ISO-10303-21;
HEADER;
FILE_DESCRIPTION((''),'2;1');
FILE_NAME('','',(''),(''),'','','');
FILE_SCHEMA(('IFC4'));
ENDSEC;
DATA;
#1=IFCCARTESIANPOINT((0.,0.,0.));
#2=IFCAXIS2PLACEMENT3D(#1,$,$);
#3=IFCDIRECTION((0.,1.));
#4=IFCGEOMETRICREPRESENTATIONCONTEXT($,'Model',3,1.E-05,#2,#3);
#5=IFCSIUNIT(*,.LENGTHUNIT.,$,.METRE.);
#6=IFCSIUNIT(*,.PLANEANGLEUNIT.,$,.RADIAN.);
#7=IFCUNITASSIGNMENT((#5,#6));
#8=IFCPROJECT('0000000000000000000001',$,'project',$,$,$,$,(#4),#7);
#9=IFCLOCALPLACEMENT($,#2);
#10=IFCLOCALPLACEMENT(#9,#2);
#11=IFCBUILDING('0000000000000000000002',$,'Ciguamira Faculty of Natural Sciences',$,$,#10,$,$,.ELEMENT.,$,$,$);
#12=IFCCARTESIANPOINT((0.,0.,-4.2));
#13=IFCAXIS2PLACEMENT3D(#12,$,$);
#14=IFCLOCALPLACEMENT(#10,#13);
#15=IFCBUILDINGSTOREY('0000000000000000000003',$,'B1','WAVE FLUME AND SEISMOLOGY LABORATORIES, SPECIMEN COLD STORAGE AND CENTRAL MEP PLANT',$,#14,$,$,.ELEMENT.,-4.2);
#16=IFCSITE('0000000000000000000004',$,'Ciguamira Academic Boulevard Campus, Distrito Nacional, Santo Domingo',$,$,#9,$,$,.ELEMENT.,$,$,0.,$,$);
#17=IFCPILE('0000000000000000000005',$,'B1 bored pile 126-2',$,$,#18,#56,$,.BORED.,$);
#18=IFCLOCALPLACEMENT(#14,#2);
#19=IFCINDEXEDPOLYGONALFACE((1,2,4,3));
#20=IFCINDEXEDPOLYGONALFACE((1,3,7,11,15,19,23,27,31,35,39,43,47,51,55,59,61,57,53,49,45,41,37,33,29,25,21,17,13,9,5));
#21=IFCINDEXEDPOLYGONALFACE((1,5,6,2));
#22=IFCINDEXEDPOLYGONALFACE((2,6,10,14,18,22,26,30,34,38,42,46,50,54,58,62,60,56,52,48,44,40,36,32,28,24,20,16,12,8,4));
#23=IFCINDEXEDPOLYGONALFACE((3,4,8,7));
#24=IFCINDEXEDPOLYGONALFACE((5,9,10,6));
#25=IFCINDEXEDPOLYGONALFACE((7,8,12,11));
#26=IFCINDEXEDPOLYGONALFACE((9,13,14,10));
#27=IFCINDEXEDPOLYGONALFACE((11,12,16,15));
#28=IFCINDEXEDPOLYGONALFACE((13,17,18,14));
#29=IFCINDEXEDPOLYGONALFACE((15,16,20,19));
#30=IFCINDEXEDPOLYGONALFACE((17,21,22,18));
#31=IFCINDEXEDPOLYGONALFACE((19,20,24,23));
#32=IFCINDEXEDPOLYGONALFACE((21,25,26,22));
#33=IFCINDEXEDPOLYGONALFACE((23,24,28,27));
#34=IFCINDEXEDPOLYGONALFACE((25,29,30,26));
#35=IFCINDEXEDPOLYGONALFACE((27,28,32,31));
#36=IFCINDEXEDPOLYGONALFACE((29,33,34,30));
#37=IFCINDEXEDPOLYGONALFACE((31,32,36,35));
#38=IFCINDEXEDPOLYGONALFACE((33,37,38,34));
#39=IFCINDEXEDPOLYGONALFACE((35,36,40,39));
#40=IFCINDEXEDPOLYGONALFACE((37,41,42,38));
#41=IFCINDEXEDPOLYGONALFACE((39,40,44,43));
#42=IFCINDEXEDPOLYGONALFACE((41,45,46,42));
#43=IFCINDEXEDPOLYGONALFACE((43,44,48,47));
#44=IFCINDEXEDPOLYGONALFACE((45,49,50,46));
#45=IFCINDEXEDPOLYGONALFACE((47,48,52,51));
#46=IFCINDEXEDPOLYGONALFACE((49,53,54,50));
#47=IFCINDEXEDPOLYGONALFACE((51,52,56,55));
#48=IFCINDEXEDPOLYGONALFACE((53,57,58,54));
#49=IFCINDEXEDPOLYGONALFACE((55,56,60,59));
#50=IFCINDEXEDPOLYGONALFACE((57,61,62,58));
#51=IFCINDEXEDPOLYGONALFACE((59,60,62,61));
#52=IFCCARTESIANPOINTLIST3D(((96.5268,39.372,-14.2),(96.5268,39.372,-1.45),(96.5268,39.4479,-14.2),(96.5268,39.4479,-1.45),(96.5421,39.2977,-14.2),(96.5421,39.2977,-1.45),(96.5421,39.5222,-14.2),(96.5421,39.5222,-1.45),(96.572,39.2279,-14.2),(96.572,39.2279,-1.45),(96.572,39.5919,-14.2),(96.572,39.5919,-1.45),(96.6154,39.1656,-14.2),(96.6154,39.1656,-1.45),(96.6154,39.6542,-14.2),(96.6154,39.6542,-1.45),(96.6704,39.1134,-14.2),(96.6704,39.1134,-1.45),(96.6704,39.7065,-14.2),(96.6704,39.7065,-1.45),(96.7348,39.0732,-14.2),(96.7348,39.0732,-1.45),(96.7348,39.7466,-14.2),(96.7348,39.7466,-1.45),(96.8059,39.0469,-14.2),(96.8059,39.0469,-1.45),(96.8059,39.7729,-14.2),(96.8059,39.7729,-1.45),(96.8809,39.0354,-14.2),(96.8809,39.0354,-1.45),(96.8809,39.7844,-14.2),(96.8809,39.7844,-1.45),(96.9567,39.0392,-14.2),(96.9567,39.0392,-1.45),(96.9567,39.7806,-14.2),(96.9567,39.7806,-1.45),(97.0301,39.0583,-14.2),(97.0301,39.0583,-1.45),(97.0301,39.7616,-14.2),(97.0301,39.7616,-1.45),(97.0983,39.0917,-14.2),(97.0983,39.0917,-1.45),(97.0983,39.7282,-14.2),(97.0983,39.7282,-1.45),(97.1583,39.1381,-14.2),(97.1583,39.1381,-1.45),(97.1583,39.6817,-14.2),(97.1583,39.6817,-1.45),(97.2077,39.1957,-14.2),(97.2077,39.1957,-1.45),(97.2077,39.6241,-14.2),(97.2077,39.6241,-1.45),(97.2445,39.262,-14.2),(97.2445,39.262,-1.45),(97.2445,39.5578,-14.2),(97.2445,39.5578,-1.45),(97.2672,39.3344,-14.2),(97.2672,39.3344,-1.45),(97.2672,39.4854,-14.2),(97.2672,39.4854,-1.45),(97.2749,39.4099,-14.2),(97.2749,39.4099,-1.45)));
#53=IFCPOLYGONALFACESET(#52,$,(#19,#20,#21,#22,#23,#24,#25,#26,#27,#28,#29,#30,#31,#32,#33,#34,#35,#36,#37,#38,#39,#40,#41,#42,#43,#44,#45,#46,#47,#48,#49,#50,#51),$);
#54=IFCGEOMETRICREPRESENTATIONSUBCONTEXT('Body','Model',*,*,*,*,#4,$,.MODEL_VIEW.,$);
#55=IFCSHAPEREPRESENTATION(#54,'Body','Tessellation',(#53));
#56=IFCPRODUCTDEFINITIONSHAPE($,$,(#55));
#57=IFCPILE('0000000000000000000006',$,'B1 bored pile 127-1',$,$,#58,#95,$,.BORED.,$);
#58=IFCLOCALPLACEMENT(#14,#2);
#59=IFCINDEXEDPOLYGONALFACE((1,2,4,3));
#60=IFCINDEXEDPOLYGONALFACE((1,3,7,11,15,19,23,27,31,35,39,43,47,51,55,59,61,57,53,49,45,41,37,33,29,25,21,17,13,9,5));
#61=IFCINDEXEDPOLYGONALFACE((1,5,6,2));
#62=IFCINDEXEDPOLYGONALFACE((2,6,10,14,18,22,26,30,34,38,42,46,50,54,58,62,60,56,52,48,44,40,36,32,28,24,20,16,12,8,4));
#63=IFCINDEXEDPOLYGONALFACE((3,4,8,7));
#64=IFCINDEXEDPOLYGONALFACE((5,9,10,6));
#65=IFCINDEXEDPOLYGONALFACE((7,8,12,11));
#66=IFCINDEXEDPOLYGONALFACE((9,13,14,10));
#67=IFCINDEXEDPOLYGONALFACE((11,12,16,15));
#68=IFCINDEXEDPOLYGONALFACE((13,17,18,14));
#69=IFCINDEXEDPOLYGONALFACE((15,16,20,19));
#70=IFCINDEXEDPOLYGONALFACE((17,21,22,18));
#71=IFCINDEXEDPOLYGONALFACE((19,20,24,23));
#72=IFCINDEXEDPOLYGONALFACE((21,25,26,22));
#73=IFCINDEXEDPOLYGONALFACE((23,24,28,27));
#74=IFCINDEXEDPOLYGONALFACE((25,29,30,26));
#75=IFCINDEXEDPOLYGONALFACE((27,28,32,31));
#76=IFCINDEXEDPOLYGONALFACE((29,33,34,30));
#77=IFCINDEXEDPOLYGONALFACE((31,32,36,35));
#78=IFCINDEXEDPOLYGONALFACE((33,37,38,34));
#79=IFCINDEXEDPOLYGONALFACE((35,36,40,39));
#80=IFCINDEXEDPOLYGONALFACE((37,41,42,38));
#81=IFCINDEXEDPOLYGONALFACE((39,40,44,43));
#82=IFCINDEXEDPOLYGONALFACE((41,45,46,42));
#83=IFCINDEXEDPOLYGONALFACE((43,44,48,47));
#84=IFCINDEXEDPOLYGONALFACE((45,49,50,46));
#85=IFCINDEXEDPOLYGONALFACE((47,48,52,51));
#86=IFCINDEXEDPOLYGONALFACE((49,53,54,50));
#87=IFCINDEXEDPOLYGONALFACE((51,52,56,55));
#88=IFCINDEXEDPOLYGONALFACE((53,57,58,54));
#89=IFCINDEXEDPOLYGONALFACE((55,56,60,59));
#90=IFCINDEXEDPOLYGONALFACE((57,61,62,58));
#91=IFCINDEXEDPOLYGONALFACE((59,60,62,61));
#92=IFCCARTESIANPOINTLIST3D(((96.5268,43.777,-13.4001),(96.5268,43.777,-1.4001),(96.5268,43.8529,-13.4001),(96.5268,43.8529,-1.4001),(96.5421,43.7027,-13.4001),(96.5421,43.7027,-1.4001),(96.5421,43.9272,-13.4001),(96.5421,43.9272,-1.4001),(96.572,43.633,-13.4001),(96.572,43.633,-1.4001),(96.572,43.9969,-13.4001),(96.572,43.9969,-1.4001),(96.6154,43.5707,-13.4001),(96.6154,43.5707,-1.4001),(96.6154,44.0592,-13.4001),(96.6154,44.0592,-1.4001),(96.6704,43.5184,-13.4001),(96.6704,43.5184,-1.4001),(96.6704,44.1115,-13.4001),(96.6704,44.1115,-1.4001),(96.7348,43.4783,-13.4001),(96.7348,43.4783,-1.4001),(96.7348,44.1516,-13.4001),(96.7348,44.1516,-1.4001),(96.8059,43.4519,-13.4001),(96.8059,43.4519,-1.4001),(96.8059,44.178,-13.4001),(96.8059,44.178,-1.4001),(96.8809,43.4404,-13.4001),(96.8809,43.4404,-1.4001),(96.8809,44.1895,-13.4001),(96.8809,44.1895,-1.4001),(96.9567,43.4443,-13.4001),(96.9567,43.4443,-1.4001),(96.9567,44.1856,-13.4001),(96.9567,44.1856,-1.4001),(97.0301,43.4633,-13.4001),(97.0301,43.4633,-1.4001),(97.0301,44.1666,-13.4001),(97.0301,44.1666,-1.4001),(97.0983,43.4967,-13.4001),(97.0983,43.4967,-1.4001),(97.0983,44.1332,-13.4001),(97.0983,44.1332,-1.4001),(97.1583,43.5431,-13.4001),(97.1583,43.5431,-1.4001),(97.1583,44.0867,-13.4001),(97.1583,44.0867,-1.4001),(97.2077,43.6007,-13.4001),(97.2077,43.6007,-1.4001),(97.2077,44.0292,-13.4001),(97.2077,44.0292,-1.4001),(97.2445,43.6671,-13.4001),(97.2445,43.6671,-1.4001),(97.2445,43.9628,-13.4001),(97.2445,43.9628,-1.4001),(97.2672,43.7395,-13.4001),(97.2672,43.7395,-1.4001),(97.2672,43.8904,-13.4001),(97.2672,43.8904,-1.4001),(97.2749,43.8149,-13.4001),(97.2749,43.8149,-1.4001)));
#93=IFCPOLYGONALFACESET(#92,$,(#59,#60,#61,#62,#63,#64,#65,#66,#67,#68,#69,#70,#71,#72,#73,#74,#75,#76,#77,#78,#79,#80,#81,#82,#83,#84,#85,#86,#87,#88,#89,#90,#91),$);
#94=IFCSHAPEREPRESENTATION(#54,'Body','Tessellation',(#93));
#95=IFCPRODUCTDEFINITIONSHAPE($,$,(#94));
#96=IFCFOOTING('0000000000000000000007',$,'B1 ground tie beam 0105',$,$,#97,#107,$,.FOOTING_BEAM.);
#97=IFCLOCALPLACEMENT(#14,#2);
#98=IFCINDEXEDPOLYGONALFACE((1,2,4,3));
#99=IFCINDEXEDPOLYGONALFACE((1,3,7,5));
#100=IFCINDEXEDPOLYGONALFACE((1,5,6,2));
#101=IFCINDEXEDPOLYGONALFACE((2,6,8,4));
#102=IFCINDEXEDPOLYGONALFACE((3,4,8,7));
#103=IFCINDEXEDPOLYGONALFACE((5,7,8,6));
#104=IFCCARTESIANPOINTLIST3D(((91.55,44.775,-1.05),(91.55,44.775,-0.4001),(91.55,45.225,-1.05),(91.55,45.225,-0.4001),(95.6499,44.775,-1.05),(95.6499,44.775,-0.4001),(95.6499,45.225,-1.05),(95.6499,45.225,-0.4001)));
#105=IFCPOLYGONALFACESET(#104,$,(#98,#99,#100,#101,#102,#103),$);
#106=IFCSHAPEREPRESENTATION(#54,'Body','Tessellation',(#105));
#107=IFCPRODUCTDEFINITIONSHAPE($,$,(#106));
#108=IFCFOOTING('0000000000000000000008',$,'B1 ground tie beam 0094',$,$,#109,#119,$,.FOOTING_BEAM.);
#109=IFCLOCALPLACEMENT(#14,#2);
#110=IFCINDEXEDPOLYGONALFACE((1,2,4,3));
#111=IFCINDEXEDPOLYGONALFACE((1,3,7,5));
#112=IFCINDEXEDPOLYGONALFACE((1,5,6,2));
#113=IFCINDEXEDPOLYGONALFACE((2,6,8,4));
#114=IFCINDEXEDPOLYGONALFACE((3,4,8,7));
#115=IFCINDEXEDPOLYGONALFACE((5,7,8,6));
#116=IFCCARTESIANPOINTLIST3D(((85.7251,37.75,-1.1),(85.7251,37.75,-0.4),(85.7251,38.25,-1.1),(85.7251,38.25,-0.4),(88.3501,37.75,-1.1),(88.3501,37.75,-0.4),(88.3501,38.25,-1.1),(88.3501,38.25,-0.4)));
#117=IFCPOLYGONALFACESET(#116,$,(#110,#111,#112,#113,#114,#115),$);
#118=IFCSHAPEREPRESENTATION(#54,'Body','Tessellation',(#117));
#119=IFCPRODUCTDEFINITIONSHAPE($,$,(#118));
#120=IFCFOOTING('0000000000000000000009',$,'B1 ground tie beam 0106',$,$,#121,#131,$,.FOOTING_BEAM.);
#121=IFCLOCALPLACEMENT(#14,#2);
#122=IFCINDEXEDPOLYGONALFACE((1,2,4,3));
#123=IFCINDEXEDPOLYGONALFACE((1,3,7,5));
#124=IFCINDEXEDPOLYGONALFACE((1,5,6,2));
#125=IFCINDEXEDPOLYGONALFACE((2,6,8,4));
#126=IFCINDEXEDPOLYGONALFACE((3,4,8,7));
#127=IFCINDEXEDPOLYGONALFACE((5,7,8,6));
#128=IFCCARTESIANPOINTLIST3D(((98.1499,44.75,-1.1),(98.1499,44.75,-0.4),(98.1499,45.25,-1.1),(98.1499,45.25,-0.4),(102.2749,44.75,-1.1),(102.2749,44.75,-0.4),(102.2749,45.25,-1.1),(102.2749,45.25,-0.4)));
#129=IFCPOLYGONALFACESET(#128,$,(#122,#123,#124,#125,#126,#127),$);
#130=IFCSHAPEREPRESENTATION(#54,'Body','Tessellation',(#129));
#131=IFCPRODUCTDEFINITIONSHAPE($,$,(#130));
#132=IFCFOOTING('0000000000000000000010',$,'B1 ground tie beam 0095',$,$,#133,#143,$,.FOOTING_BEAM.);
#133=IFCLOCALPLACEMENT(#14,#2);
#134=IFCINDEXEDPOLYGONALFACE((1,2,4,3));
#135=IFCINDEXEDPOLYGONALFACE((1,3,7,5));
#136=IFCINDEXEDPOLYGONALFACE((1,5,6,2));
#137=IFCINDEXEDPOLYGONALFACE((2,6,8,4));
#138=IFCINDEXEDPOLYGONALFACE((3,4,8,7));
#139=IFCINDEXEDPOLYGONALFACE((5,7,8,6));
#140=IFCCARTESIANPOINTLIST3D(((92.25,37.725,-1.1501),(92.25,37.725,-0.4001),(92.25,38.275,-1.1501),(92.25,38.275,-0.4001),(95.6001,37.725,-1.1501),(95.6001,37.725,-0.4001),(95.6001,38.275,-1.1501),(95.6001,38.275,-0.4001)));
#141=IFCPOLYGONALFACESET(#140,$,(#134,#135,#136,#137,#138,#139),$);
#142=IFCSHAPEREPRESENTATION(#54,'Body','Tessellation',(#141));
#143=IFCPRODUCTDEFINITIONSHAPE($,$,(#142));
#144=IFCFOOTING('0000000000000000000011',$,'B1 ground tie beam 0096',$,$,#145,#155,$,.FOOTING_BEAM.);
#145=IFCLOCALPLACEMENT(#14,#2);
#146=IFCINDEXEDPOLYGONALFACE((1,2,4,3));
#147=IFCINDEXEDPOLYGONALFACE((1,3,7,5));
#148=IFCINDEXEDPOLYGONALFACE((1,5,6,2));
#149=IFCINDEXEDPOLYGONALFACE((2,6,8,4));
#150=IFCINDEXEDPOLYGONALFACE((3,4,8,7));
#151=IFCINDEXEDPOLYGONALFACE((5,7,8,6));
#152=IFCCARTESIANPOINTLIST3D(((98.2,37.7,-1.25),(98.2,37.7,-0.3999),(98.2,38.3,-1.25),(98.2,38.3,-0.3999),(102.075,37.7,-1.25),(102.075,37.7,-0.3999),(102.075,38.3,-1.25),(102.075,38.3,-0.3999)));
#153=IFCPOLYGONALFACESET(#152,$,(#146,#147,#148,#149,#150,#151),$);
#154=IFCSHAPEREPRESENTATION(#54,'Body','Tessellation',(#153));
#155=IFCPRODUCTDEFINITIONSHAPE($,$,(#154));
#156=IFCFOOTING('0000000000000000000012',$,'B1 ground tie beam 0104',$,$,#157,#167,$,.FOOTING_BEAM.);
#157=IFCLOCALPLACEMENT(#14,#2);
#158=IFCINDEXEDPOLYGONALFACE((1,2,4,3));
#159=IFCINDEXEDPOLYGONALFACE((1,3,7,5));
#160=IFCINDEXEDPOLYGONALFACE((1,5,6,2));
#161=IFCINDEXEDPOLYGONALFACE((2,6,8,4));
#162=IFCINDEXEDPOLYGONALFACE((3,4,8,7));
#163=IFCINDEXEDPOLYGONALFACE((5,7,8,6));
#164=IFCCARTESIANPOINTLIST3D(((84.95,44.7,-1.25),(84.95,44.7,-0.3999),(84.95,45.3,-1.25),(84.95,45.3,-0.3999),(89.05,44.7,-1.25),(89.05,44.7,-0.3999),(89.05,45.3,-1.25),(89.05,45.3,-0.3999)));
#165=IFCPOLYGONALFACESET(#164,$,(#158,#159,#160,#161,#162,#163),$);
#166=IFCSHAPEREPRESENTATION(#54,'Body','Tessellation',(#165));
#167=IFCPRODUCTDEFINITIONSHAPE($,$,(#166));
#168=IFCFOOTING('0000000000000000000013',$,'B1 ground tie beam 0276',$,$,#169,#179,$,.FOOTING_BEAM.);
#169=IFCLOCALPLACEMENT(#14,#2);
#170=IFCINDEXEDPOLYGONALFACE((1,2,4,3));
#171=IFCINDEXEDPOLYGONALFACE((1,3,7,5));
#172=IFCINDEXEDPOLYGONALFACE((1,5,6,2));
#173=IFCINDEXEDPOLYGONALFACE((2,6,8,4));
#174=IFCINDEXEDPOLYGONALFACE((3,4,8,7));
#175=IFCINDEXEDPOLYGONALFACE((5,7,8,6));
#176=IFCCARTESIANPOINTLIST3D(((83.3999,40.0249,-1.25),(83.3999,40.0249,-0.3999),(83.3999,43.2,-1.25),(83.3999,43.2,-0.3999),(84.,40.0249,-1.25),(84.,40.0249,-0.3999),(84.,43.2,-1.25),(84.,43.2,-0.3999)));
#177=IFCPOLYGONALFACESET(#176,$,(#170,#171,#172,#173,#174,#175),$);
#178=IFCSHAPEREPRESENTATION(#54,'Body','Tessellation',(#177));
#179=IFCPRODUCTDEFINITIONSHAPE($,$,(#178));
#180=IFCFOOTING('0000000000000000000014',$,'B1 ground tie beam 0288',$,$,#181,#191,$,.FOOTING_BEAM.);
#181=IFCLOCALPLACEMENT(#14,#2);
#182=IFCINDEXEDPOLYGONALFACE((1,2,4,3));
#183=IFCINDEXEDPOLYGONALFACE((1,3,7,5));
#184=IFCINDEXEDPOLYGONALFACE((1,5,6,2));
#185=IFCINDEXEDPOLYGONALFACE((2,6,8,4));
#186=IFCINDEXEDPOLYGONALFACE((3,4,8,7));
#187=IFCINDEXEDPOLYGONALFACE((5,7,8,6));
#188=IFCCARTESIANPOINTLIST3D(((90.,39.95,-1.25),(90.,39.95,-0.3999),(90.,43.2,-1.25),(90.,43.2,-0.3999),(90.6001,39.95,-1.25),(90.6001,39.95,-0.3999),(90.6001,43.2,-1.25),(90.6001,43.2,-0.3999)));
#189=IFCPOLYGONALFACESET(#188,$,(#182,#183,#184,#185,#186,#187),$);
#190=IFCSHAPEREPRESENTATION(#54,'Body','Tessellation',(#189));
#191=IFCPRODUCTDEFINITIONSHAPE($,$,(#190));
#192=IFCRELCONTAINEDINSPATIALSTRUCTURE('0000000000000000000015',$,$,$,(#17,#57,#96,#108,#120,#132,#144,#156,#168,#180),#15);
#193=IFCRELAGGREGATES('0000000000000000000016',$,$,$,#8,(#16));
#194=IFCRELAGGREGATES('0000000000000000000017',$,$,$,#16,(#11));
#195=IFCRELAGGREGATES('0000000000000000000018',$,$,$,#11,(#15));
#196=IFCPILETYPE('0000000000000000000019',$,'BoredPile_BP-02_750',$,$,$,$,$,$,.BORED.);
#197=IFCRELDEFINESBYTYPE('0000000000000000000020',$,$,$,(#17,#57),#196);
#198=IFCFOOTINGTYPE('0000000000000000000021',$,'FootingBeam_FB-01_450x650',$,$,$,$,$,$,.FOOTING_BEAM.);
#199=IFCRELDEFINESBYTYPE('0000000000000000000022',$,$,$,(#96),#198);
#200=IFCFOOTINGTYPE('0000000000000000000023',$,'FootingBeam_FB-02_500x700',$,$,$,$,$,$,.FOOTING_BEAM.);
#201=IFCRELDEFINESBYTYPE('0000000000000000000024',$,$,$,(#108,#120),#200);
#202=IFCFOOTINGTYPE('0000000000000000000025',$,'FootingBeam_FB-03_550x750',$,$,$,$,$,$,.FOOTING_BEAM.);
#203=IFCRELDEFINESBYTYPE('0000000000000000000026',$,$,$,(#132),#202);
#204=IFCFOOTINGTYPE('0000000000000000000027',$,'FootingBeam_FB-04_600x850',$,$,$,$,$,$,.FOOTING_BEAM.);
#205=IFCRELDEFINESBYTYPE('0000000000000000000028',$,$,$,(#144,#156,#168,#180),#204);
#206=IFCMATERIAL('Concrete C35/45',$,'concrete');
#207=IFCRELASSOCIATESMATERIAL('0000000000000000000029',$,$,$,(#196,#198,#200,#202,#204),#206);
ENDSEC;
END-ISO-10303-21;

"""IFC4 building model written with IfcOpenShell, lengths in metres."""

from ifc_helpers import new_model, si_unit, direction, frame, origin, origin_2d, place, context, subcontext, project, spatial, rectangle, circle, extrude, material, material_profile, profile_set, type_object, element, save


model = new_model("IFC4")

# Units and contexts
model_context = context("Model", 3, precision=1e-05, world=origin(), true_north=direction((0.0, 1.0)))
body_context = subcontext(model_context, "Body", "Model", "MODEL_VIEW")
ifc_project = project(units=[si_unit("LENGTHUNIT", "METRE"), si_unit("PLANEANGLEUNIT", "RADIAN")], contexts=[model_context])

# Site, building, storey
site_placement = place(None, origin())
site = spatial("IfcSite", under=ifc_project, at=site_placement, Name="Ciguamira Academic Boulevard Campus, Distrito Nacional, Santo Domingo", CompositionType="ELEMENT", RefElevation=0.0)
building_placement = place(site_placement, origin())
building = spatial("IfcBuilding", under=site, at=building_placement, Name="Ciguamira Faculty of Natural Sciences", CompositionType="ELEMENT")
storey_placement = place(building_placement, frame((0.0, 0.0, -4.2)))
storey = spatial("IfcBuildingStorey", under=building, at=storey_placement, Name="B1", Description="WAVE FLUME AND SEISMOLOGY LABORATORIES, SPECIMEN COLD STORAGE AND CENTRAL MEP PLANT", CompositionType="ELEMENT", Elevation=-4.2)

# Piles
ifc_material_1 = material(Name="Concrete C35/45", Category="concrete")
ifc_material_profile_1 = material_profile(ifc_material_1, circle(Radius=0.375, at=origin_2d()), Name="PILE-BORED-750")
ifc_profile_set_1 = profile_set([ifc_material_profile_1], Name="Concrete C35/45")
pile_type = type_object("IfcPileType", Name="BoredPile_BP-02_750", PredefinedType="BORED", material=ifc_profile_set_1)
pile_1_placement = place(storey_placement, frame((96.8999, 39.4099, -1.45), z_axis=(0.0, 0.0, -1.0), x_axis=(1.0, 0.0, 0.0)))
element("IfcPile", 1, at=pile_1_placement, inside=storey, type_object=pile_type, Name="B1 bored pile 126-2", PredefinedType="BORED", context=body_context, shape_type="SweptSolid", body=[
    extrude(circle(Radius=0.375, at=origin_2d()), origin(), (0.0, 0.0, 1.0), 12.75),
])
pile_2_placement = place(storey_placement, frame((96.8999, 43.8149, -1.4001), z_axis=(0.0, 0.0, -1.0), x_axis=(1.0, 0.0, 0.0)))
element("IfcPile", 2, at=pile_2_placement, inside=storey, type_object=pile_type, Name="B1 bored pile 127-1", PredefinedType="BORED", context=body_context, shape_type="SweptSolid", body=[
    extrude(circle(Radius=0.375, at=origin_2d()), origin(), (0.0, 0.0, 1.0), 12.0),
])

# Footings
ifc_material_profile_2 = material_profile(ifc_material_1, rectangle(XDim=0.45, YDim=0.6499, at=origin_2d()), Name="RC-FB-450X650")
ifc_profile_set_2 = profile_set([ifc_material_profile_2], Name="Concrete C35/45")
footing_type_1 = type_object("IfcFootingType", Name="FootingBeam_FB-01_450x650", PredefinedType="FOOTING_BEAM", material=ifc_profile_set_2)
footing_1_placement = place(storey_placement, frame((91.55, 45.0, -0.7251), z_axis=(1.0, 0.0, 0.0), x_axis=(0.0, 1.0, 0.0)))
element("IfcFooting", 3, at=footing_1_placement, inside=storey, type_object=footing_type_1, Name="B1 ground tie beam 0105", PredefinedType="FOOTING_BEAM", context=body_context, shape_type="SweptSolid", body=[
    extrude(rectangle(XDim=0.45, YDim=0.6499, at=origin_2d()), origin(), (0.0, 0.0, 1.0), 4.0999),
])
ifc_material_profile_3 = material_profile(ifc_material_1, rectangle(XDim=0.5, YDim=0.7, at=origin_2d()), Name="RC-FB-500X700")
ifc_profile_set_3 = profile_set([ifc_material_profile_3], Name="Concrete C35/45")
footing_type_2 = type_object("IfcFootingType", Name="FootingBeam_FB-02_500x700", PredefinedType="FOOTING_BEAM", material=ifc_profile_set_3)
footing_2_placement = place(storey_placement, frame((85.7251, 38.0, -0.75), z_axis=(1.0, 0.0, 0.0), x_axis=(0.0, 1.0, 0.0)))
element("IfcFooting", 4, at=footing_2_placement, inside=storey, type_object=footing_type_2, Name="B1 ground tie beam 0094", PredefinedType="FOOTING_BEAM", context=body_context, shape_type="SweptSolid", body=[
    extrude(rectangle(XDim=0.5, YDim=0.7, at=origin_2d()), origin(), (0.0, 0.0, 1.0), 2.625),
])
footing_3_placement = place(storey_placement, frame((98.1499, 45.0, -0.75), z_axis=(1.0, 0.0, 0.0), x_axis=(0.0, 1.0, 0.0)))
element("IfcFooting", 5, at=footing_3_placement, inside=storey, type_object=footing_type_2, Name="B1 ground tie beam 0106", PredefinedType="FOOTING_BEAM", context=body_context, shape_type="SweptSolid", body=[
    extrude(rectangle(XDim=0.5, YDim=0.7, at=origin_2d()), origin(), (0.0, 0.0, 1.0), 4.125),
])
ifc_material_profile_4 = material_profile(ifc_material_1, rectangle(XDim=0.55, YDim=0.75, at=origin_2d()), Name="RC-FB-550X750")
ifc_profile_set_4 = profile_set([ifc_material_profile_4], Name="Concrete C35/45")
footing_type_3 = type_object("IfcFootingType", Name="FootingBeam_FB-03_550x750", PredefinedType="FOOTING_BEAM", material=ifc_profile_set_4)
footing_4_placement = place(storey_placement, frame((92.25, 38.0, -0.7751), z_axis=(1.0, 0.0, 0.0), x_axis=(0.0, 1.0, 0.0)))
element("IfcFooting", 6, at=footing_4_placement, inside=storey, type_object=footing_type_3, Name="B1 ground tie beam 0095", PredefinedType="FOOTING_BEAM", context=body_context, shape_type="SweptSolid", body=[
    extrude(rectangle(XDim=0.55, YDim=0.75, at=origin_2d()), origin(), (0.0, 0.0, 1.0), 3.3501),
])
ifc_material_profile_5 = material_profile(ifc_material_1, rectangle(XDim=0.6001, YDim=0.8501, at=origin_2d()), Name="RC-FB-600X850")
ifc_profile_set_5 = profile_set([ifc_material_profile_5], Name="Concrete C35/45")
footing_type_4 = type_object("IfcFootingType", Name="FootingBeam_FB-04_600x850", PredefinedType="FOOTING_BEAM", material=ifc_profile_set_5)
footing_5_placement = place(storey_placement, frame((98.2, 38.0, -0.825), z_axis=(1.0, 0.0, 0.0), x_axis=(0.0, 1.0, 0.0)))
element("IfcFooting", 7, at=footing_5_placement, inside=storey, type_object=footing_type_4, Name="B1 ground tie beam 0096", PredefinedType="FOOTING_BEAM", context=body_context, shape_type="SweptSolid", body=[
    extrude(rectangle(XDim=0.6001, YDim=0.8501, at=origin_2d()), origin(), (0.0, 0.0, 1.0), 3.875),
])
footing_6_placement = place(storey_placement, frame((84.95, 45.0, -0.825), z_axis=(1.0, 0.0, 0.0), x_axis=(0.0, 1.0, 0.0)))
element("IfcFooting", 8, at=footing_6_placement, inside=storey, type_object=footing_type_4, Name="B1 ground tie beam 0104", PredefinedType="FOOTING_BEAM", context=body_context, shape_type="SweptSolid", body=[
    extrude(rectangle(XDim=0.6001, YDim=0.8501, at=origin_2d()), origin(), (0.0, 0.0, 1.0), 4.1001),
])
footing_7_placement = place(storey_placement, frame((83.7, 40.0249, -0.825), z_axis=(0.0, 1.0, 0.0), x_axis=(-1.0, 0.0, 0.0)))
element("IfcFooting", 9, at=footing_7_placement, inside=storey, type_object=footing_type_4, Name="B1 ground tie beam 0276", PredefinedType="FOOTING_BEAM", context=body_context, shape_type="SweptSolid", body=[
    extrude(rectangle(XDim=0.6001, YDim=0.8501, at=origin_2d()), origin(), (0.0, 0.0, 1.0), 3.175),
])
footing_8_placement = place(storey_placement, frame((90.3, 39.95, -0.825), z_axis=(0.0, 1.0, 0.0), x_axis=(-1.0, 0.0, 0.0)))
element("IfcFooting", 10, at=footing_8_placement, inside=storey, type_object=footing_type_4, Name="B1 ground tie beam 0288", PredefinedType="FOOTING_BEAM", context=body_context, shape_type="SweptSolid", body=[
    extrude(rectangle(XDim=0.6001, YDim=0.8501, at=origin_2d()), origin(), (0.0, 0.0, 1.0), 3.25),
])

save(model, "model.ifc")
